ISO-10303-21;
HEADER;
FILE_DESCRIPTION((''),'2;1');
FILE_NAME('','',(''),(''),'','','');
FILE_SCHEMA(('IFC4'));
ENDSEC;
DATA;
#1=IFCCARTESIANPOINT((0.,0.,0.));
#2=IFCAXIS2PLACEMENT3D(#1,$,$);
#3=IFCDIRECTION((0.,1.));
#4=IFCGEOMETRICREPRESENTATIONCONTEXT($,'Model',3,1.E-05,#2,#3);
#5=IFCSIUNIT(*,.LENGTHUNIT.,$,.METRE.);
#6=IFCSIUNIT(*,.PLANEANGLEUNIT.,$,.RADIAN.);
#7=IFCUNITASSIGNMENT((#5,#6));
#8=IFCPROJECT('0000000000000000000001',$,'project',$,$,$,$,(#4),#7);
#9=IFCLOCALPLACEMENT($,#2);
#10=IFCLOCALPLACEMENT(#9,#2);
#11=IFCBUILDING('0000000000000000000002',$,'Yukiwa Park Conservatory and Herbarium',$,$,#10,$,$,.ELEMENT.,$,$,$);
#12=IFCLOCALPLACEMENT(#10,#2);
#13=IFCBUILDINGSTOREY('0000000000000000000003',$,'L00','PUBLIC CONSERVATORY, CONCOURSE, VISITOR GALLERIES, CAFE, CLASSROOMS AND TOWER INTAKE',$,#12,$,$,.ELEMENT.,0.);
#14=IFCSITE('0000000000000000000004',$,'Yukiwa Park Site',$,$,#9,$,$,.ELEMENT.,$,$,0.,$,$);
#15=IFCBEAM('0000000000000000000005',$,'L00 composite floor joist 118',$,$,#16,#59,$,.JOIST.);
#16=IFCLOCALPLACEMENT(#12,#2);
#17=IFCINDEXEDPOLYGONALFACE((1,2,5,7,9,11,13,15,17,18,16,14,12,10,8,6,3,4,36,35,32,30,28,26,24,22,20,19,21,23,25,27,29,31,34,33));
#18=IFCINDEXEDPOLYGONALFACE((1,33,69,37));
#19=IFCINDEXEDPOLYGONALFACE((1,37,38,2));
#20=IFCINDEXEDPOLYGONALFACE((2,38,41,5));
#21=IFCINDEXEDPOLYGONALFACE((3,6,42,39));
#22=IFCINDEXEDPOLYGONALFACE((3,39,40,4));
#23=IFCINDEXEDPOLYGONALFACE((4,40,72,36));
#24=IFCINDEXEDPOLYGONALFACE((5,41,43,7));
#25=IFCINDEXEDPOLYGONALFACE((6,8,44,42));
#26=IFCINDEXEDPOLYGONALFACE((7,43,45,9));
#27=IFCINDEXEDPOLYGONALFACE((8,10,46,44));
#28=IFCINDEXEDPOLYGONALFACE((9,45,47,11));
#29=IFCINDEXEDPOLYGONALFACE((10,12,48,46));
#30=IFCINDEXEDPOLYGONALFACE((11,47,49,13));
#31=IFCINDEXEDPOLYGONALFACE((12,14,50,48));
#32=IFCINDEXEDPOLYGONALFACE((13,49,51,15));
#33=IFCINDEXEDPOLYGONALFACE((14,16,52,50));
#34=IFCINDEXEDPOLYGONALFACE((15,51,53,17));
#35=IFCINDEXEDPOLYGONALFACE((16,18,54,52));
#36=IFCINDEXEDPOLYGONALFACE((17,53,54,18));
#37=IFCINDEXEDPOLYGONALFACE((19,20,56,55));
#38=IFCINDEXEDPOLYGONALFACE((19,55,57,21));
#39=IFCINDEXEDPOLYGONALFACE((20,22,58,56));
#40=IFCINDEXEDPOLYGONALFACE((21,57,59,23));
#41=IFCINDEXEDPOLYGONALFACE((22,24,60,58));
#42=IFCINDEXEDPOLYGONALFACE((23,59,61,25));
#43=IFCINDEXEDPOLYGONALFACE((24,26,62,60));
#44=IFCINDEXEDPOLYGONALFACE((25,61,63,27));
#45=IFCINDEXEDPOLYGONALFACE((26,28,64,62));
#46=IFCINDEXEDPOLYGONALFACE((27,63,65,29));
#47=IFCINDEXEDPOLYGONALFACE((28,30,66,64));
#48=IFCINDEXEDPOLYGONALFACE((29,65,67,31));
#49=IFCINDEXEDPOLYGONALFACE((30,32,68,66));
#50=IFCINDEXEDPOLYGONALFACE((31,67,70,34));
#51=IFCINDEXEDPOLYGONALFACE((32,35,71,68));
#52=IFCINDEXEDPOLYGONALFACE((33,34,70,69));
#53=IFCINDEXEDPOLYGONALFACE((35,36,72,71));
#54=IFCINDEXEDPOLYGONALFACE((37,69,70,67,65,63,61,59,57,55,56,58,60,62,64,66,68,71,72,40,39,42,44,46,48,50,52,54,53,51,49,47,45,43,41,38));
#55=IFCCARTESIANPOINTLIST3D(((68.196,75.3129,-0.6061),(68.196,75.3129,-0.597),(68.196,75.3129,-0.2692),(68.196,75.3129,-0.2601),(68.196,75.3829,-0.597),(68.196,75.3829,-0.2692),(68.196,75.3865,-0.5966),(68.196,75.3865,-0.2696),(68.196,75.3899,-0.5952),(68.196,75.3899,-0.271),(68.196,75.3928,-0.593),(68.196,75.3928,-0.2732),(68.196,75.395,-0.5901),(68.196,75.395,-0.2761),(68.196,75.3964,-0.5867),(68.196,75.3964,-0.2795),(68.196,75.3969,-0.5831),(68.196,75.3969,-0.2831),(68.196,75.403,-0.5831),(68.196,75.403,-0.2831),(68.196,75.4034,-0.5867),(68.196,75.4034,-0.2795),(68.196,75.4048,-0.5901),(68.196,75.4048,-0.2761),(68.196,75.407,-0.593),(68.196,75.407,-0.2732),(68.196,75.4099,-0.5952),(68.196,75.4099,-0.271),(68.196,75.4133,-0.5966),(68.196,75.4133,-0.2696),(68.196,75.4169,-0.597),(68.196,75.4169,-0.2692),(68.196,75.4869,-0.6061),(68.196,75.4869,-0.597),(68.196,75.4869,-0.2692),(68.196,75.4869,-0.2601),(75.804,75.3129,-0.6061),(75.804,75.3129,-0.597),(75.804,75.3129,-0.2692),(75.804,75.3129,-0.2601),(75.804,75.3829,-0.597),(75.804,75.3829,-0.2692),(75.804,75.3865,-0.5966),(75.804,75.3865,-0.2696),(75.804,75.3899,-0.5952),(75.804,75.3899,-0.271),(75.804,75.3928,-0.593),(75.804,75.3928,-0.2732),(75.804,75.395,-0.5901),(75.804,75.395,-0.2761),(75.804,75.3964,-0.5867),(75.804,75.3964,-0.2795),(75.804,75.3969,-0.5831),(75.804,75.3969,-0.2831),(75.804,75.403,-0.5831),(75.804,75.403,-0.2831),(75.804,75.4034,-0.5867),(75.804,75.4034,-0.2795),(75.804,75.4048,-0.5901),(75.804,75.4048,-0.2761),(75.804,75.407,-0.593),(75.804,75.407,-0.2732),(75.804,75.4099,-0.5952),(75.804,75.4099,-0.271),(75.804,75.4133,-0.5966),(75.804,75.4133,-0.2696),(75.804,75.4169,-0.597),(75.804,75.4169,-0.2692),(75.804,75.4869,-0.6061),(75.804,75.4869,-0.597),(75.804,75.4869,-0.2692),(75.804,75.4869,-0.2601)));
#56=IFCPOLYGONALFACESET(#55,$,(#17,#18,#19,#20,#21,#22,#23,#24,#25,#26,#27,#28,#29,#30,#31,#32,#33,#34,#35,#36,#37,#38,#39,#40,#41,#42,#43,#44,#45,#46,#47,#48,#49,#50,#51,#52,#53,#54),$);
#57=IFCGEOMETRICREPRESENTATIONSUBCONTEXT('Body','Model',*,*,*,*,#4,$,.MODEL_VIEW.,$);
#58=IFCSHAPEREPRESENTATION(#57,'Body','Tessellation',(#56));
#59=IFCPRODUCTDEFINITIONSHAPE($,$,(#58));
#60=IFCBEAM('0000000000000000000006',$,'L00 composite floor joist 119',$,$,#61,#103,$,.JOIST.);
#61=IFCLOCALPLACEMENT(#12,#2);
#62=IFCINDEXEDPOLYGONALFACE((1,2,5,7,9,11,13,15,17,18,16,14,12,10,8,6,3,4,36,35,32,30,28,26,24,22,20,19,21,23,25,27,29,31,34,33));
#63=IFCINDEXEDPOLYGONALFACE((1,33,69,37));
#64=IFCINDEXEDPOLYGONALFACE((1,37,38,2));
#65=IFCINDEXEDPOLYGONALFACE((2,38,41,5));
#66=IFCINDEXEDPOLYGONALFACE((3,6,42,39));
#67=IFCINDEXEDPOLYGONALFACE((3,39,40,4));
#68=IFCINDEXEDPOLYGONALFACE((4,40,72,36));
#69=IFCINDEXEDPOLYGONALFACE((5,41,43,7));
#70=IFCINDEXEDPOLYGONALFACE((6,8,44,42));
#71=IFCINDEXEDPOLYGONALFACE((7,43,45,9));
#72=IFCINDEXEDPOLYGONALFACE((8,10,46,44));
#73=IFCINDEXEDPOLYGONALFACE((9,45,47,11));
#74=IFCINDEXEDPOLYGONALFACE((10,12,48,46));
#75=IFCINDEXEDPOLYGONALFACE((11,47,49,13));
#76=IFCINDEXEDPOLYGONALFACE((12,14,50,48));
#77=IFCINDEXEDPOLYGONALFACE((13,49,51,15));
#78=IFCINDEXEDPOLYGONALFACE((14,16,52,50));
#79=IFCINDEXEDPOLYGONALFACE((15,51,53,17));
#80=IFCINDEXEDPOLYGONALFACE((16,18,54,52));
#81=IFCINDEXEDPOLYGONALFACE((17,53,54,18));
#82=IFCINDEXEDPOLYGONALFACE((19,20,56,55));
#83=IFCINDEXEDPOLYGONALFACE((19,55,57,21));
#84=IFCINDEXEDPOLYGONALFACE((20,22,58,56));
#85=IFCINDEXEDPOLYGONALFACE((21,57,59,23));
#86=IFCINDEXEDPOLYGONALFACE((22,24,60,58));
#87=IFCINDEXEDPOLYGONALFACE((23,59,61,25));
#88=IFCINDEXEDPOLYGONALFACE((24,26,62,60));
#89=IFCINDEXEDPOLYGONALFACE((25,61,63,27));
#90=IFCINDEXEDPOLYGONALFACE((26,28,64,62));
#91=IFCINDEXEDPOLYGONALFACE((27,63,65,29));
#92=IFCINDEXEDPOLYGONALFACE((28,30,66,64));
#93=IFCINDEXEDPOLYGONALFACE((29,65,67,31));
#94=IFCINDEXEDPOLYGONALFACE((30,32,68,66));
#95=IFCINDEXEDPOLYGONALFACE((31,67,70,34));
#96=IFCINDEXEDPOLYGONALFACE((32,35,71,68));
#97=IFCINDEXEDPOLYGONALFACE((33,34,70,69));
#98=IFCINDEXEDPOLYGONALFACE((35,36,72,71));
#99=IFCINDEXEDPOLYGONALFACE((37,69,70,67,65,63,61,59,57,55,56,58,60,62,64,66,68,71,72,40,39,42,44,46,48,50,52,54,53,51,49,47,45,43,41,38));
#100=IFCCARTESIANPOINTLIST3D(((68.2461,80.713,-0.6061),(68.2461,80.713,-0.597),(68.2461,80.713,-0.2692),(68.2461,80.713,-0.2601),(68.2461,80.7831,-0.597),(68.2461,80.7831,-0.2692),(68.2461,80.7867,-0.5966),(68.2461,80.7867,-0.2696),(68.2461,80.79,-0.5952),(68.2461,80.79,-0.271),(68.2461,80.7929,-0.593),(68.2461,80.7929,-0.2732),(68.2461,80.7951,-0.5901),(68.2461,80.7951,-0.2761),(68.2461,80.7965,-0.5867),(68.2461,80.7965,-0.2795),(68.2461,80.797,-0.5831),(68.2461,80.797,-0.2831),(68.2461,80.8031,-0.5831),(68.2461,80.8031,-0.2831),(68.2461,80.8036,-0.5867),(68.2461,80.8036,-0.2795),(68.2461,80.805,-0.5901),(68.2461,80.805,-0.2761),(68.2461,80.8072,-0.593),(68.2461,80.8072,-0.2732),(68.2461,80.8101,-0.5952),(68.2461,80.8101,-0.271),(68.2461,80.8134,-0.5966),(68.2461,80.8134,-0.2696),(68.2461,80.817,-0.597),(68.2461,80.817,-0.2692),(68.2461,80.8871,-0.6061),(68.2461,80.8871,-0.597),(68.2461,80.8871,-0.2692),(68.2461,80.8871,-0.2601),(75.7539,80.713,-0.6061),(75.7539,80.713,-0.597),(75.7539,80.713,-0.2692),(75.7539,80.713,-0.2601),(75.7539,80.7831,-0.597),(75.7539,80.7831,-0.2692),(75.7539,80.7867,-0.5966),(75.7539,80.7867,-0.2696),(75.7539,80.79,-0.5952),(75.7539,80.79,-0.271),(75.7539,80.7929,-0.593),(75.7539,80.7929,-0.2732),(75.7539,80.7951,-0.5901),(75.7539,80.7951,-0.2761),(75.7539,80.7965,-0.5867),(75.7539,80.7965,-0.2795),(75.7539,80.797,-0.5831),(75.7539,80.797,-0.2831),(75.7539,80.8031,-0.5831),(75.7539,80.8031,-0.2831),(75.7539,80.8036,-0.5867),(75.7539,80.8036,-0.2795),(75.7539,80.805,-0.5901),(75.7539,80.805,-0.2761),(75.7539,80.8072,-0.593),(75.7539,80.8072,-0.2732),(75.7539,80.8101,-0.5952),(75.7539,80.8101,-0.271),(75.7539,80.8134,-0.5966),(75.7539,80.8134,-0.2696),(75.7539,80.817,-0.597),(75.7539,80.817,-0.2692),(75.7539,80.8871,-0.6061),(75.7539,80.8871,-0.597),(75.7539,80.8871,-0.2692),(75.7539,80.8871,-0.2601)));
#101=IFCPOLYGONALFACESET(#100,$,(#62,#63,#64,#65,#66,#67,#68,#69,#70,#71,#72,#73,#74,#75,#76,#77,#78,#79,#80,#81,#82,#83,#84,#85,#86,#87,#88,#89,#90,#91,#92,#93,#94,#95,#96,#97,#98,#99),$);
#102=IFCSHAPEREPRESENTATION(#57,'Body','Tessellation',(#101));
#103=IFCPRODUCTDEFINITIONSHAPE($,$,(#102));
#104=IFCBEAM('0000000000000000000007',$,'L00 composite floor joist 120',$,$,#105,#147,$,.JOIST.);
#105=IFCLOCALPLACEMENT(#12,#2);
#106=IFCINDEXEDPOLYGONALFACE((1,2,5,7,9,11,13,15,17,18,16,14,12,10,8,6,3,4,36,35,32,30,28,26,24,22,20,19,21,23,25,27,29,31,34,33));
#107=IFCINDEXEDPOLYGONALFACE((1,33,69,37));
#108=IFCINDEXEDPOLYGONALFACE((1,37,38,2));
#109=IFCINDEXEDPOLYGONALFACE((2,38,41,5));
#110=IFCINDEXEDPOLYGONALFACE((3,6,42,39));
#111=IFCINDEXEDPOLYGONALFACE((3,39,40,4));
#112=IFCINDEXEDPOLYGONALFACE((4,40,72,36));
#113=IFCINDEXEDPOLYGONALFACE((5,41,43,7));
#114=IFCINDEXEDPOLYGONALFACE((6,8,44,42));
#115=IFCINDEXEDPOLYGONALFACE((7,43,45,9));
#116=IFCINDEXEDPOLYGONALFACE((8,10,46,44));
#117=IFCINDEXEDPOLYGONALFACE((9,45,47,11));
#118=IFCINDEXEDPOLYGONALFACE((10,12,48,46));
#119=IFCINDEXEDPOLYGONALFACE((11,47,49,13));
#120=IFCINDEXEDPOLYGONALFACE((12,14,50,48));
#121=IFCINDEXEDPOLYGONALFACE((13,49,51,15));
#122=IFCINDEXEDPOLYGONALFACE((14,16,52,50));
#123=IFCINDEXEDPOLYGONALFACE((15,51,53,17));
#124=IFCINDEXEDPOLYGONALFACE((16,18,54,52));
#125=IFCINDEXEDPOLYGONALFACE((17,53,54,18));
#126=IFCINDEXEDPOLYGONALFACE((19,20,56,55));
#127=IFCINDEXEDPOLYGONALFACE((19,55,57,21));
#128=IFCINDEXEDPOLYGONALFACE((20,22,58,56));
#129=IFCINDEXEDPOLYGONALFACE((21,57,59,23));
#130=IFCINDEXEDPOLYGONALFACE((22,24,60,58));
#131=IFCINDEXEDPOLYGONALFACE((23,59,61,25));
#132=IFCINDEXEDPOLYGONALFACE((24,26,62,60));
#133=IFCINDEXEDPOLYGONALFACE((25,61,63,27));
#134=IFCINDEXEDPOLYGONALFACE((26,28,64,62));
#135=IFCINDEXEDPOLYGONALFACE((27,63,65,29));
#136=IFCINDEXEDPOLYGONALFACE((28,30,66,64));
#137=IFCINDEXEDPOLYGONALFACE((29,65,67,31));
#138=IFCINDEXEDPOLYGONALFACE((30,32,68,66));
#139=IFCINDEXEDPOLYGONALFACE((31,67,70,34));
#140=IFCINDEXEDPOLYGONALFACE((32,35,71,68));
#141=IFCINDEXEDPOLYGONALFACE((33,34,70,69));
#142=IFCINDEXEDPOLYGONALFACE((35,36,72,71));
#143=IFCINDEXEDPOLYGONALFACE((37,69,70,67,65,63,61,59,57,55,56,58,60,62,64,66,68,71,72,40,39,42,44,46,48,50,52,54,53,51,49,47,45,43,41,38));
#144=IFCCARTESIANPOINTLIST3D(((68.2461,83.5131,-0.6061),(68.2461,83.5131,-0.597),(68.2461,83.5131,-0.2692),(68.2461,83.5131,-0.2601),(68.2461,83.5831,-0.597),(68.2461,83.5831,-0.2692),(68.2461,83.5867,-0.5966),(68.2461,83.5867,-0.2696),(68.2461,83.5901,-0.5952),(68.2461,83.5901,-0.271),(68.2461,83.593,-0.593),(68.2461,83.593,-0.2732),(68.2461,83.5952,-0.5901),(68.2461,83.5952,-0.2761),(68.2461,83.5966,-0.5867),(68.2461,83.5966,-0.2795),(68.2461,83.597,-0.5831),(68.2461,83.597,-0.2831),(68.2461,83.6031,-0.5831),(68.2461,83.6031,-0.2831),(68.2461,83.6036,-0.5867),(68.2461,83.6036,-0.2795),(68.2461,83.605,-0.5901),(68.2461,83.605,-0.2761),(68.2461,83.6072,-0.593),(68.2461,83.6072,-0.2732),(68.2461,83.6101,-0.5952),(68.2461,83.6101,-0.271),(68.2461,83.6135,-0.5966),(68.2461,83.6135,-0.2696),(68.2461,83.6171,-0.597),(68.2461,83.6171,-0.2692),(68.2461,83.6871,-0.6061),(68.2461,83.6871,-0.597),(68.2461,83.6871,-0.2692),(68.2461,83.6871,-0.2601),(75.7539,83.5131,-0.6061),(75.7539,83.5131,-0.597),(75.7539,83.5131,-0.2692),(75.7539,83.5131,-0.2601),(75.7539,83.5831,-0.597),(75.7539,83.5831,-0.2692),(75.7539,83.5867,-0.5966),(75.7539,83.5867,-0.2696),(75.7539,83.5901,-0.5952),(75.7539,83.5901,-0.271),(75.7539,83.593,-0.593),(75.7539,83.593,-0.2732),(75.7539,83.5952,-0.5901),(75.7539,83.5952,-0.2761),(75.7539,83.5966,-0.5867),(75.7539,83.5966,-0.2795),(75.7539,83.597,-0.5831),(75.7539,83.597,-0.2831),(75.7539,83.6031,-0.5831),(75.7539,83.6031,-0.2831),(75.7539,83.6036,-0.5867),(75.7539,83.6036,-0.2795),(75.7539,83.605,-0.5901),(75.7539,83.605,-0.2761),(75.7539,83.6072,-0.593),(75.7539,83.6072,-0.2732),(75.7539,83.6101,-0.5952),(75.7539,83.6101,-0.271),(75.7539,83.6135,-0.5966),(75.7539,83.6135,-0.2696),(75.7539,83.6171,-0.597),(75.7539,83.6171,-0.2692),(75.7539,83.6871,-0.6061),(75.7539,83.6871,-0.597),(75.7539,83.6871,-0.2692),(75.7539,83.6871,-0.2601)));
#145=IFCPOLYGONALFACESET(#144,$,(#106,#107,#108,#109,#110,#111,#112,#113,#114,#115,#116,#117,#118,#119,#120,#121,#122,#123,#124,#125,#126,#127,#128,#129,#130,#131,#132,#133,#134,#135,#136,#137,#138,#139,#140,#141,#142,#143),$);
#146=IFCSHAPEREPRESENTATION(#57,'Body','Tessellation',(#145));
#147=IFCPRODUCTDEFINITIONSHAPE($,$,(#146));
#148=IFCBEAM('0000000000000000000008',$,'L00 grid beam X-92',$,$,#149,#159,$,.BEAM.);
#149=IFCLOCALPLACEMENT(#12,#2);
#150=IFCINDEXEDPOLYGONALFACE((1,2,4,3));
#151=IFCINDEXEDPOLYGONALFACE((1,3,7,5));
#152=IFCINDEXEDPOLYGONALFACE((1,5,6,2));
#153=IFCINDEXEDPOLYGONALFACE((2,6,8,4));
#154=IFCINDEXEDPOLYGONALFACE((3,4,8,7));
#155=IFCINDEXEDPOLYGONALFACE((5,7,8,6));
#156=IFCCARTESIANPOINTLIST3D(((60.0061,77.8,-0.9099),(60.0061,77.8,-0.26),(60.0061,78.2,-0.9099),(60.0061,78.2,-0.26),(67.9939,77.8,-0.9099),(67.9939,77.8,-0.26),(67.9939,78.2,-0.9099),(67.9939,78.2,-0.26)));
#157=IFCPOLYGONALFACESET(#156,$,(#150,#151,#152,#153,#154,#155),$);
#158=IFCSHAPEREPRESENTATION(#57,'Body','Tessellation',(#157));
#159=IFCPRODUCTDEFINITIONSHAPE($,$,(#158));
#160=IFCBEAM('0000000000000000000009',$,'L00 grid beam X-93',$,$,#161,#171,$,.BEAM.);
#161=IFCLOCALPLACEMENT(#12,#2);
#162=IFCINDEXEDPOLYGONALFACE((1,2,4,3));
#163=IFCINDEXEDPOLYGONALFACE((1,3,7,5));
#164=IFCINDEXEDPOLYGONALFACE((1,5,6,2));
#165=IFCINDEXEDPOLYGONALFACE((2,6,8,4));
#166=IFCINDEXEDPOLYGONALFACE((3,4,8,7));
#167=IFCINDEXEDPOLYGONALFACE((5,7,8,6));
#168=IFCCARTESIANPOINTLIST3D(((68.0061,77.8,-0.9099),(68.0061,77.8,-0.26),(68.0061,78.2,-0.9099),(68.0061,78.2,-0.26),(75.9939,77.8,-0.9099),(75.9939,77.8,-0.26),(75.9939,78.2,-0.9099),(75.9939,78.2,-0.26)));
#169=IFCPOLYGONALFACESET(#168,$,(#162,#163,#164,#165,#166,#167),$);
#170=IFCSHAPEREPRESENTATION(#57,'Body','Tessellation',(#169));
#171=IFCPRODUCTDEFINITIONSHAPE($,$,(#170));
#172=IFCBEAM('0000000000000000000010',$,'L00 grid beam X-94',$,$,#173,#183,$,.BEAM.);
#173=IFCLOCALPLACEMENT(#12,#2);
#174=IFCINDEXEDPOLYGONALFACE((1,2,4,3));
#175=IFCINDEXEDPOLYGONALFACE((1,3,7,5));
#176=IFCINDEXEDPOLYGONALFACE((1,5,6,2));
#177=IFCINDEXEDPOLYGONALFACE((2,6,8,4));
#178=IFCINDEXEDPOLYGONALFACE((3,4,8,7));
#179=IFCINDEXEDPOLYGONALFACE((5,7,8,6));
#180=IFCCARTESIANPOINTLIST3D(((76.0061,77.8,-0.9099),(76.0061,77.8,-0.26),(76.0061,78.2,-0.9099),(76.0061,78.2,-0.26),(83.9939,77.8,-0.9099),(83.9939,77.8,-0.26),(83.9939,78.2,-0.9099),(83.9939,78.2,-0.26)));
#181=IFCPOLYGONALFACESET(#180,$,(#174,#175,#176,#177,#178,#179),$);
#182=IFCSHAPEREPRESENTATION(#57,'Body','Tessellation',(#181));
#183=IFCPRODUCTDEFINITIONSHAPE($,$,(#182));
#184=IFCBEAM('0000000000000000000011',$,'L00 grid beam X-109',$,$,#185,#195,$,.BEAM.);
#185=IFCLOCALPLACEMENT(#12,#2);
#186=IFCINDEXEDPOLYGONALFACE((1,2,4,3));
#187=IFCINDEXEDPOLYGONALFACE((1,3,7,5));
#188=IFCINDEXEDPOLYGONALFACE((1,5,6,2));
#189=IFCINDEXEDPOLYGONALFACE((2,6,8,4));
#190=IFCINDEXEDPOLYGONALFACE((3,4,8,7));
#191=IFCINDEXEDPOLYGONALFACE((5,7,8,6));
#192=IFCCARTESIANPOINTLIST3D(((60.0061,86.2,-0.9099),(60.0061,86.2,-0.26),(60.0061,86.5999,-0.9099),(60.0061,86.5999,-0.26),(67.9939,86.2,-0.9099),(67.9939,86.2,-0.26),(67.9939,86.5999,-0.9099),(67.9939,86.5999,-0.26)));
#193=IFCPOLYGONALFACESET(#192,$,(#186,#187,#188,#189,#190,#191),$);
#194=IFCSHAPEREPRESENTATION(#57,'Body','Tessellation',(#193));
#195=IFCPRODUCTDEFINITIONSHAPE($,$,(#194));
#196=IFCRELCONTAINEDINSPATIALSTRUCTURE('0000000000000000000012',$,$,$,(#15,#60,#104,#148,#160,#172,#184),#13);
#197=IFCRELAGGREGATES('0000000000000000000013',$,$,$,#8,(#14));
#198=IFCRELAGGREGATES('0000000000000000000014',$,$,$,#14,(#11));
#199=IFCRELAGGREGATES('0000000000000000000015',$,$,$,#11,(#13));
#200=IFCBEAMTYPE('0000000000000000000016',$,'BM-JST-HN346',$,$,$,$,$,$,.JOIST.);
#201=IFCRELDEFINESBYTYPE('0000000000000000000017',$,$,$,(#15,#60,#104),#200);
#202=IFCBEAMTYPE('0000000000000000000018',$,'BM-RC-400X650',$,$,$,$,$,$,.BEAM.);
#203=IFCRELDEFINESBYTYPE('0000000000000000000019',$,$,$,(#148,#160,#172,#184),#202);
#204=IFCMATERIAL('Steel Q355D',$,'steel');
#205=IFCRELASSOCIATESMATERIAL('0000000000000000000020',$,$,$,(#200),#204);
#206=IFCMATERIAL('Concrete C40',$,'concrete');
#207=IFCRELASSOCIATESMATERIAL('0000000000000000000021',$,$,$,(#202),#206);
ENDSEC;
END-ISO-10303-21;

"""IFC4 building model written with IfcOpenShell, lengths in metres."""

from ifc_helpers import new_model, si_unit, direction, frame, origin, origin_2d, place, context, subcontext, project, spatial, rectangle, i_section, extrude, material, material_profile, profile_set, type_object, element, save


model = new_model("IFC4")

# Units and contexts
model_context = context("Model", 3, precision=1e-05, world=origin(), true_north=direction((0.0, 1.0)))
body_context = subcontext(model_context, "Body", "Model", "MODEL_VIEW")
ifc_project = project(units=[si_unit("LENGTHUNIT", "METRE"), si_unit("PLANEANGLEUNIT", "RADIAN")], contexts=[model_context])

# Site, building, storey
site_placement = place(None, origin())
site = spatial("IfcSite", under=ifc_project, at=site_placement, Name="Yukiwa Park Site", CompositionType="ELEMENT", RefElevation=0.0)
building_placement = place(site_placement, origin())
building = spatial("IfcBuilding", under=site, at=building_placement, Name="Yukiwa Park Conservatory and Herbarium", CompositionType="ELEMENT")
storey_placement = place(building_placement, origin())
storey = spatial("IfcBuildingStorey", under=building, at=storey_placement, Name="L00", Description="PUBLIC CONSERVATORY, CONCOURSE, VISITOR GALLERIES, CAFE, CLASSROOMS AND TOWER INTAKE", CompositionType="ELEMENT", Elevation=0.0)

# Beams
ifc_material_1 = material(Name="Steel Q355D", Category="steel")
ifc_material_profile_1 = material_profile(ifc_material_1, i_section(OverallWidth=0.1741, OverallDepth=0.3459, WebThickness=0.0061, FlangeThickness=0.009, FilletRadius=0.0139, at=origin_2d()), Name="HN 346x174x6x9")
ifc_profile_set_1 = profile_set([ifc_material_profile_1], Name="Steel Q355D")
beam_type_1 = type_object("IfcBeamType", Name="BM-JST-HN346", PredefinedType="JOIST", material=ifc_profile_set_1)
beam_placement = place(storey_placement, frame((68.196, 75.3999, -0.4331), z_axis=(1.0, 0.0, 0.0), x_axis=(0.0, 1.0, 0.0)))
element("IfcBeam", 1, at=beam_placement, inside=storey, type_object=beam_type_1, Name="L00 composite floor joist 118", PredefinedType="JOIST", context=body_context, shape_type="SweptSolid", body=[
    extrude(i_section(OverallWidth=0.1741, OverallDepth=0.3459, WebThickness=0.0061, FlangeThickness=0.009, FilletRadius=0.0139, at=origin_2d()), origin(), (0.0, 0.0, 1.0), 7.6079),
])
for number, where, z_axis, x_axis, name in (
    (2, (68.2461, 80.8, -0.4331), (1.0, 0.0, 0.0), (0.0, 1.0, 0.0), "L00 composite floor joist 119"),
    (3, (68.2461, 83.6001, -0.4331), (1.0, 0.0, 0.0), (0.0, 1.0, 0.0), "L00 composite floor joist 120"),
):
    element("IfcBeam", number, at=place(storey_placement, frame(where, z_axis=z_axis, x_axis=x_axis)), inside=storey, type_object=beam_type_1, Name=name, PredefinedType="JOIST", context=body_context, shape_type="SweptSolid", body=[
        extrude(i_section(OverallWidth=0.1741, OverallDepth=0.3459, WebThickness=0.0061, FlangeThickness=0.009, FilletRadius=0.0139, at=origin_2d()), origin(), (0.0, 0.0, 1.0), 7.5078),
    ])
ifc_material_2 = material(Name="Concrete C40", Category="concrete")
ifc_material_profile_2 = material_profile(ifc_material_2, rectangle(XDim=0.3999, YDim=0.6499, at=origin_2d()), Name="RC 400x650")
ifc_profile_set_2 = profile_set([ifc_material_profile_2], Name="Concrete C40")
beam_type_2 = type_object("IfcBeamType", Name="BM-RC-400X650", PredefinedType="BEAM", material=ifc_profile_set_2)
for number, where, z_axis, x_axis, name in (
    (4, (60.0061, 78.0, -0.585), (1.0, 0.0, 0.0), (0.0, 1.0, 0.0), "L00 grid beam X-92"),
    (5, (68.0061, 78.0, -0.585), (1.0, 0.0, 0.0), (0.0, 1.0, 0.0), "L00 grid beam X-93"),
    (6, (76.0061, 78.0, -0.585), (1.0, 0.0, 0.0), (0.0, 1.0, 0.0), "L00 grid beam X-94"),
    (7, (60.0061, 86.3999, -0.585), (1.0, 0.0, 0.0), (0.0, 1.0, 0.0), "L00 grid beam X-109"),
):
    element("IfcBeam", number, at=place(storey_placement, frame(where, z_axis=z_axis, x_axis=x_axis)), inside=storey, type_object=beam_type_2, Name=name, PredefinedType="BEAM", context=body_context, shape_type="SweptSolid", body=[
        extrude(rectangle(XDim=0.3999, YDim=0.6499, at=origin_2d()), origin(), (0.0, 0.0, 1.0), 7.9878),
    ])

save(model, "model.ifc")
